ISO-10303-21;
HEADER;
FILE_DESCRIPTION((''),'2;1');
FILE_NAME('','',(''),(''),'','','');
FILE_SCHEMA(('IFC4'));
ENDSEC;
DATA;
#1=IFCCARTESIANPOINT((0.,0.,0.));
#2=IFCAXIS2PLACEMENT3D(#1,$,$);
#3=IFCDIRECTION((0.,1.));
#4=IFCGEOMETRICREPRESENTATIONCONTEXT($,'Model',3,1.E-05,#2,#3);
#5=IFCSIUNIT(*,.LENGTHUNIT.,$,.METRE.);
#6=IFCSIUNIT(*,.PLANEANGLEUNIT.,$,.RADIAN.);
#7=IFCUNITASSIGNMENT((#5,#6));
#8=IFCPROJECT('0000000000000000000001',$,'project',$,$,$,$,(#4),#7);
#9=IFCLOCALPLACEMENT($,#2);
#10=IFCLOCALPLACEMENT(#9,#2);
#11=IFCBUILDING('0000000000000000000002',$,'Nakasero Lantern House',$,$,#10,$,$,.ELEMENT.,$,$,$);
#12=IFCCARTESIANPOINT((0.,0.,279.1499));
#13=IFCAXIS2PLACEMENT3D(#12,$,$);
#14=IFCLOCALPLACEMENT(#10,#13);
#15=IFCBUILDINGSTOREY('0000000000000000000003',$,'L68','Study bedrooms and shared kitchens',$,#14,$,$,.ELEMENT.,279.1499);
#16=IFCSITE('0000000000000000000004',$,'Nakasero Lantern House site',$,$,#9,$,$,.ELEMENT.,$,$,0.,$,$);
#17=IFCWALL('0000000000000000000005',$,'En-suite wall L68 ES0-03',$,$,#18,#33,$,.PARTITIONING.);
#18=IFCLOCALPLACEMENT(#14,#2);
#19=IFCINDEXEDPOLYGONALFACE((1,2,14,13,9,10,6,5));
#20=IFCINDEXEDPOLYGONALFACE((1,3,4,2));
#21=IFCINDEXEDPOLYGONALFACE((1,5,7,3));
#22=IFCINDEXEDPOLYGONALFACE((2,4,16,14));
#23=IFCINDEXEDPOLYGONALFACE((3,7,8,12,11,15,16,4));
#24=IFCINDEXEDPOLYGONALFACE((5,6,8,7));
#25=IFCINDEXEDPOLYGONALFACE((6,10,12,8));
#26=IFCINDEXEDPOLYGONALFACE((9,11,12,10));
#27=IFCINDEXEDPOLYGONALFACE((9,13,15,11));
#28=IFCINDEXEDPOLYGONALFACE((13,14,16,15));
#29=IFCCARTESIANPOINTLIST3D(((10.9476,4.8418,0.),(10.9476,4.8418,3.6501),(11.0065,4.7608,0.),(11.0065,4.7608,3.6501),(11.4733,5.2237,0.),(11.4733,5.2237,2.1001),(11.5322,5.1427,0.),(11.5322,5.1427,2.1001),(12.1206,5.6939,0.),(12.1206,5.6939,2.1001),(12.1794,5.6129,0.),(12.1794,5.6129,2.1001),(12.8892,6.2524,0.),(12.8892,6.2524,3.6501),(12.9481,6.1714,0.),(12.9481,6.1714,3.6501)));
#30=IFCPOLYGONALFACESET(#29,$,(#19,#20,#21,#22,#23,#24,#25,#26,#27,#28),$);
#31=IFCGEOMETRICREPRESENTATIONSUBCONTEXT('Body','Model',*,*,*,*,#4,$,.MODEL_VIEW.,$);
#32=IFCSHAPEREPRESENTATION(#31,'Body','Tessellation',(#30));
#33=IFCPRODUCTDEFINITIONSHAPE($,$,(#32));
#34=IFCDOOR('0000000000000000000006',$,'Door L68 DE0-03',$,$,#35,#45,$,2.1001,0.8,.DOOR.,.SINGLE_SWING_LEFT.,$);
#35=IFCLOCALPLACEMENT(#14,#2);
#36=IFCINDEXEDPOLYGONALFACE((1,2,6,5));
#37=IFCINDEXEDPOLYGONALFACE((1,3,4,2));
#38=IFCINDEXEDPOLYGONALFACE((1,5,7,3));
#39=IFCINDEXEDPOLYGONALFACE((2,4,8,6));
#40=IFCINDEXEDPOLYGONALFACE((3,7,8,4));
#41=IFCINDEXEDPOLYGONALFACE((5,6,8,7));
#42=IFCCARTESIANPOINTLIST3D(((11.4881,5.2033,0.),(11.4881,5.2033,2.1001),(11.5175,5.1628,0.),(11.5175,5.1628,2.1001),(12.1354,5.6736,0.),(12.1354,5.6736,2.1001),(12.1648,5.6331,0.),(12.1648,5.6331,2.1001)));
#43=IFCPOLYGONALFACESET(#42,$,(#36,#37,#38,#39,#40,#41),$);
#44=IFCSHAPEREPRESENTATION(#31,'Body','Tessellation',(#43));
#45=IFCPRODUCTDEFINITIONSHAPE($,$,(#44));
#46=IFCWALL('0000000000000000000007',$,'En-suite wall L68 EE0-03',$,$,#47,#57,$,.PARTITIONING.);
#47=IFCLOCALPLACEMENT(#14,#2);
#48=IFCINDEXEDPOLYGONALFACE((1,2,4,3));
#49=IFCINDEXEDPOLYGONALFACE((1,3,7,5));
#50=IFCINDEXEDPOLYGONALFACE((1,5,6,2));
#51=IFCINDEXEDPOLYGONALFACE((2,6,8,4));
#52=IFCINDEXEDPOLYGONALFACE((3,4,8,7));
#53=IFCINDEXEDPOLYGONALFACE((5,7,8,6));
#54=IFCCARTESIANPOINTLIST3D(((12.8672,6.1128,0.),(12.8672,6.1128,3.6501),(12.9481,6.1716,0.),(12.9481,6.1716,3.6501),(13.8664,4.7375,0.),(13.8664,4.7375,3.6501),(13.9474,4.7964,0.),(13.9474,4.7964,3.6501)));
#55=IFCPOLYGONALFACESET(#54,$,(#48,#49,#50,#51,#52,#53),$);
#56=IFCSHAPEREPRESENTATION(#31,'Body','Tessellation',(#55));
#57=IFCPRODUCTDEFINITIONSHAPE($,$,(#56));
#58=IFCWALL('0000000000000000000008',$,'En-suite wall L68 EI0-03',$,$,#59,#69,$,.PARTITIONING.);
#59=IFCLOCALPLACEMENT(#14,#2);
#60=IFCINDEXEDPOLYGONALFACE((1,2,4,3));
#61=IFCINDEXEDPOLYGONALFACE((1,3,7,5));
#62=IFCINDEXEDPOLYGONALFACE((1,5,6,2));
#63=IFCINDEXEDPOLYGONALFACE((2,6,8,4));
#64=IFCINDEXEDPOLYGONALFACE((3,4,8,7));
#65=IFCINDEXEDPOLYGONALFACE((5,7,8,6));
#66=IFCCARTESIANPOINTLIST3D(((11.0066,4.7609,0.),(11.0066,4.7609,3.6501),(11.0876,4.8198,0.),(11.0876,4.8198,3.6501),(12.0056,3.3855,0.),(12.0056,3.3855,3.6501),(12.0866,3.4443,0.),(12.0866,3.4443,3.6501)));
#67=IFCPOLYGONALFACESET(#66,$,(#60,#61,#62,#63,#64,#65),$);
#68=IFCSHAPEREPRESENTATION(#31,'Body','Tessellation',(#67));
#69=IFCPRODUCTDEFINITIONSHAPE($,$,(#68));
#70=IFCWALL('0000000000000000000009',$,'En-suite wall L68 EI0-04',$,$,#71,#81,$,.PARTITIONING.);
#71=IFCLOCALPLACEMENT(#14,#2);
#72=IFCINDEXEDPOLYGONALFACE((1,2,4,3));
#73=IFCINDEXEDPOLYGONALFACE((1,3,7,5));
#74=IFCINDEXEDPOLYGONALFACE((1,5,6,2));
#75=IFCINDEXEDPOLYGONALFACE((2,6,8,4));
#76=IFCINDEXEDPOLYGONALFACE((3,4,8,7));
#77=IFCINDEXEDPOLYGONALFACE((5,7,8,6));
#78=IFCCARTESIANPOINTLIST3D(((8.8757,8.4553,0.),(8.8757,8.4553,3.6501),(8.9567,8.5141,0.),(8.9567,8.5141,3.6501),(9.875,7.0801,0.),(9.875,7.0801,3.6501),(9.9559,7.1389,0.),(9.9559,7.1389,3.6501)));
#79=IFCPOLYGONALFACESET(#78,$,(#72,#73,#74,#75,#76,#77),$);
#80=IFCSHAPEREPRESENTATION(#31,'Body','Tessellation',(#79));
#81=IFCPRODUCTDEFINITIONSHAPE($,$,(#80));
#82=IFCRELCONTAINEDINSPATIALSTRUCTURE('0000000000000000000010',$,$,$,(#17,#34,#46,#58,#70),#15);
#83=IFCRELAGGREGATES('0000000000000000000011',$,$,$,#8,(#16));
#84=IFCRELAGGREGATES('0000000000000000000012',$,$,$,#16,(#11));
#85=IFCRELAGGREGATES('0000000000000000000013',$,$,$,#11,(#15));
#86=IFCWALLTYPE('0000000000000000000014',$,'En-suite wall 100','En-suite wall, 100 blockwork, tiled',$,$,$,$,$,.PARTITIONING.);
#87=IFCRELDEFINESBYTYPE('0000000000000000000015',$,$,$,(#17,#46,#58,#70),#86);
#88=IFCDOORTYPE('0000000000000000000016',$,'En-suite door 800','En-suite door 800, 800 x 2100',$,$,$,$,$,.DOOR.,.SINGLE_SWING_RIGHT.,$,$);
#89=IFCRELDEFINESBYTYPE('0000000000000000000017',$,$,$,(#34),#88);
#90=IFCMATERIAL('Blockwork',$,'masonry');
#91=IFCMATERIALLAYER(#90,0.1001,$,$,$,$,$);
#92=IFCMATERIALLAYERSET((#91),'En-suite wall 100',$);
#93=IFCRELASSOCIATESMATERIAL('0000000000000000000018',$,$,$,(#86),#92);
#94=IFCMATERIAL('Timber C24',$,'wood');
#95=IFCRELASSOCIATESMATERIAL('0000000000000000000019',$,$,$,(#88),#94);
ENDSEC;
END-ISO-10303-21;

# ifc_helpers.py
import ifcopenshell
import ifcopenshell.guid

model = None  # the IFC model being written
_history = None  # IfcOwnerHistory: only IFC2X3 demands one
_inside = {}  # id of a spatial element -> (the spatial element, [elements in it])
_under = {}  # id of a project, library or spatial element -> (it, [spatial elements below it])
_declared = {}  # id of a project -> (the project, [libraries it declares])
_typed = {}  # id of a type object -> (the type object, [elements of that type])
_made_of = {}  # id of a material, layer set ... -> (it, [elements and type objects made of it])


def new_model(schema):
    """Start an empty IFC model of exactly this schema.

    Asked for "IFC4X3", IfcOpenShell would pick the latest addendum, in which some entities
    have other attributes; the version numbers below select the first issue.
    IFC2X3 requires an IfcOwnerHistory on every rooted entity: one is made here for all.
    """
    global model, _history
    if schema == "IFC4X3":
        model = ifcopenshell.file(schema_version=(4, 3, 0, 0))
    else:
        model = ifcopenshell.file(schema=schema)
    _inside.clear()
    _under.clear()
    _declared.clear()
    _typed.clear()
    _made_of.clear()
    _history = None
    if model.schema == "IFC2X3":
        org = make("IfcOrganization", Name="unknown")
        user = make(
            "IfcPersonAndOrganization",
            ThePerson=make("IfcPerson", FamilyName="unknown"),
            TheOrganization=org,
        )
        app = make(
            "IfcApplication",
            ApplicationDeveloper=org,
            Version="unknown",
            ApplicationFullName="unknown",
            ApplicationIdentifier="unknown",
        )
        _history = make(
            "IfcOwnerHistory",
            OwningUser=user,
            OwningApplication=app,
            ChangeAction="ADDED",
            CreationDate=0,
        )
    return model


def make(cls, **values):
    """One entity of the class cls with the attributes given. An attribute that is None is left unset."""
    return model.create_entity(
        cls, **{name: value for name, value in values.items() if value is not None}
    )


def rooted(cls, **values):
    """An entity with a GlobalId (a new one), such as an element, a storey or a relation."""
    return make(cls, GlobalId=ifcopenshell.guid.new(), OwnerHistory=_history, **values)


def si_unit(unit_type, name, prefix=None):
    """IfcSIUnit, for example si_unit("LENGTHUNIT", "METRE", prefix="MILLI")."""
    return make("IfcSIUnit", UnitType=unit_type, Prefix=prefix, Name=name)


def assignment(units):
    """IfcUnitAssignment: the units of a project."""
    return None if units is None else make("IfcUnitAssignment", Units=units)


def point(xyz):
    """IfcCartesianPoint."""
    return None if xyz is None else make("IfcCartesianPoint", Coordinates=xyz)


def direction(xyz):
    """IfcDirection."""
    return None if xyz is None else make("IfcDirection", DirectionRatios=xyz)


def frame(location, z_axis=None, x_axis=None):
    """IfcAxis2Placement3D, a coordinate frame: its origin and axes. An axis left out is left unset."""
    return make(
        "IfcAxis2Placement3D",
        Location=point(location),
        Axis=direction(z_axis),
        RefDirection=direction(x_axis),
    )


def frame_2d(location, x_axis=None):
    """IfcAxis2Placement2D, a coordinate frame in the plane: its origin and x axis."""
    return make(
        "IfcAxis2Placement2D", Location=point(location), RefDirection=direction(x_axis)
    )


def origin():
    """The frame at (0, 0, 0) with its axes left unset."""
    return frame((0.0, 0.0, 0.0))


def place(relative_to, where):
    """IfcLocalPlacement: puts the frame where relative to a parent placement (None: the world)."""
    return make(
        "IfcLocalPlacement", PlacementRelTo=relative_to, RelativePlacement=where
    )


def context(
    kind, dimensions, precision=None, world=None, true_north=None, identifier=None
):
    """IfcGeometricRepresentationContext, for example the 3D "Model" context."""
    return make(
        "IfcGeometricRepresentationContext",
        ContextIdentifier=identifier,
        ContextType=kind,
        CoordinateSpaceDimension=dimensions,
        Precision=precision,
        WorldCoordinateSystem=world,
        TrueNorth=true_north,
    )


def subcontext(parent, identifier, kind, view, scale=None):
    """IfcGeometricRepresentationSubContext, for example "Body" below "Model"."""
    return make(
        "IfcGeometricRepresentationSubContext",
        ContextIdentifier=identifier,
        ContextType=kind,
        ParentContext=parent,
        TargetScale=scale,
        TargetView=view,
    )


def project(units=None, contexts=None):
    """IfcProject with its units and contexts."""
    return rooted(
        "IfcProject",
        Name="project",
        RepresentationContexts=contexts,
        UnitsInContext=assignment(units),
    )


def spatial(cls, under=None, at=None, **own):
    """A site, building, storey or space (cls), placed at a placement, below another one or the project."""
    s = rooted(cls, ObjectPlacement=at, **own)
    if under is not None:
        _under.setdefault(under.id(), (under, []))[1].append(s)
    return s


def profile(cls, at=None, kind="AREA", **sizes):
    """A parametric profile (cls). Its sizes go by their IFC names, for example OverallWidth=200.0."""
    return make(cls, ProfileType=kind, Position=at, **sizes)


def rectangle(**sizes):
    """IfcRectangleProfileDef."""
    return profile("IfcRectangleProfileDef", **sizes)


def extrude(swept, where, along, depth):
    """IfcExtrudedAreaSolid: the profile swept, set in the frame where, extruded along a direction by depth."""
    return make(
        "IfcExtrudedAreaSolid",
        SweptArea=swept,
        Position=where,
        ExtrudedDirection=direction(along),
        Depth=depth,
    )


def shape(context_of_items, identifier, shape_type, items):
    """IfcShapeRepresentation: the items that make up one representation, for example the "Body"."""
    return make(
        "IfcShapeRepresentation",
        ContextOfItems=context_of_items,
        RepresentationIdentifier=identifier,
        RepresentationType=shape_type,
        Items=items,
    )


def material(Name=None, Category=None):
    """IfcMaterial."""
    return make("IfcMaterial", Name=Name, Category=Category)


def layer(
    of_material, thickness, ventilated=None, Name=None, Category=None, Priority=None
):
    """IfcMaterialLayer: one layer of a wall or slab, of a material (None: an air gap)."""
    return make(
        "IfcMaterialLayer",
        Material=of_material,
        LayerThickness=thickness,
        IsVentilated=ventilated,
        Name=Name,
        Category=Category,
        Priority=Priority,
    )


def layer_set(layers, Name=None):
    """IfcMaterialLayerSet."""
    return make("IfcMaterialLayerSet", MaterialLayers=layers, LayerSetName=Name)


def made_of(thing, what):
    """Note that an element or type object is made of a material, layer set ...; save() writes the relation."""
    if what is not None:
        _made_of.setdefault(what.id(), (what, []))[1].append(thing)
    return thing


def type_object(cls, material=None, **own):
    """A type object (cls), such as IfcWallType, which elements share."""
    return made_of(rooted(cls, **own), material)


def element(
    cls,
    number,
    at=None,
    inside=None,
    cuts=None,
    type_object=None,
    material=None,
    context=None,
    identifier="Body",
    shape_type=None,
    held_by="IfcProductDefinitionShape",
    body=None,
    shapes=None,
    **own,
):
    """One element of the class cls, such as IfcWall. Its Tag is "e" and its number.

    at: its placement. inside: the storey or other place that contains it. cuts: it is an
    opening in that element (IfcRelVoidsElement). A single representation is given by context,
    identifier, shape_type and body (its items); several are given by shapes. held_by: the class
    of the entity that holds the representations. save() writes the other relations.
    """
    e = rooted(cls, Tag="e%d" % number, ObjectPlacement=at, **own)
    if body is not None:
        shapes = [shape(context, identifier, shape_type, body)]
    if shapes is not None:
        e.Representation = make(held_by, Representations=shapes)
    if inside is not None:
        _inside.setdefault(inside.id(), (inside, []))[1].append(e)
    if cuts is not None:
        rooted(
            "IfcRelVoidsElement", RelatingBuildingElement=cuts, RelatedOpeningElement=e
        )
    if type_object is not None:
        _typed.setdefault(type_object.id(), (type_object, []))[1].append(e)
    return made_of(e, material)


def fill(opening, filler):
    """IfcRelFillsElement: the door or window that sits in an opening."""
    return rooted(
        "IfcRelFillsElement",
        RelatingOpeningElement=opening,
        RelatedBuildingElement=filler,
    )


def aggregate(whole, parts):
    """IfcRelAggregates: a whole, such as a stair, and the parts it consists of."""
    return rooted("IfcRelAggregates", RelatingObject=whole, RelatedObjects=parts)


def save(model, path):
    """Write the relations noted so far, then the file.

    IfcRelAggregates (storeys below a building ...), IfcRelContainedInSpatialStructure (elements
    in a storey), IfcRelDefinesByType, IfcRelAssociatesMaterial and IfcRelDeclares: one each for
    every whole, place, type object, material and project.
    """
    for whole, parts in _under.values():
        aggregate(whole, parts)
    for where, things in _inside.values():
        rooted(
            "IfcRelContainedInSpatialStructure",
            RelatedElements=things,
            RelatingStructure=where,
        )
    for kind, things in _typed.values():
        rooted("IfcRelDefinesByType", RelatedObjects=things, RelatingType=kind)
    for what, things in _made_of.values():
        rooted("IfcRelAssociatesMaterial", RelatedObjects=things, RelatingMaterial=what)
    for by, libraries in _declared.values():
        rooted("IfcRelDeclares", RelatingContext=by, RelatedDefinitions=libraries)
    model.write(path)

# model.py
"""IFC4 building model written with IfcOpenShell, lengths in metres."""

from ifc_helpers import new_model, si_unit, direction, frame, frame_2d, origin, place, context, subcontext, project, spatial, rectangle, extrude, material, layer, layer_set, type_object, element, fill, save


model = new_model("IFC4")

# Units and contexts
model_context = context("Model", 3, precision=1e-05, world=origin(), true_north=direction((0.0, 1.0)))
body_context = subcontext(model_context, "Body", "Model", "MODEL_VIEW")
ifc_project = project(units=[si_unit("LENGTHUNIT", "METRE"), si_unit("PLANEANGLEUNIT", "RADIAN")], contexts=[model_context])

# Site, building, storey
site_placement = place(None, origin())
site = spatial("IfcSite", under=ifc_project, at=site_placement, Name="Nakasero Lantern House site", CompositionType="ELEMENT", RefElevation=0.0)
building_placement = place(site_placement, origin())
building = spatial("IfcBuilding", under=site, at=building_placement, Name="Nakasero Lantern House", CompositionType="ELEMENT")
storey_placement = place(building_placement, frame((0.0, 0.0, 279.1499)))
storey = spatial("IfcBuildingStorey", under=building, at=storey_placement, Name="L68", Description="Study bedrooms and shared kitchens", CompositionType="ELEMENT", Elevation=279.1499)

# Wall, opening, door
ifc_material_1 = material(Name="Blockwork", Category="masonry")
ifc_layer_1 = layer(ifc_material_1, 0.1001)
ifc_layer_set_1 = layer_set([ifc_layer_1], Name="En-suite wall 100")
wall_type_1 = type_object("IfcWallType", Name="En-suite wall 100", Description="En-suite wall, 100 blockwork, tiled", PredefinedType="PARTITIONING", material=ifc_layer_set_1)
wall_1_placement = place(storey_placement, frame((10.9771, 4.8013, 0.0), z_axis=(0.0, 0.0, 1.0), x_axis=(0.809026, 0.587772, 0.0)))
wall_1 = element("IfcWall", 1, at=wall_1_placement, inside=storey, type_object=wall_type_1, Name="En-suite wall L68 ES0-03", PredefinedType="PARTITIONING", context=body_context, shape_type="SweptSolid", body=[
    extrude(rectangle(XDim=2.3999, YDim=0.1001, at=frame_2d((1.2, 0.0))), origin(), (0.0, 0.0, 1.0), 3.6501),
])
opening_1_placement = place(wall_1_placement, frame((0.6499, 0.0, 0.0)))
opening_1 = element("IfcOpeningElement", 2, at=opening_1_placement, cuts=wall_1, PredefinedType="OPENING", context=body_context, shape_type="SweptSolid", body=[
    extrude(rectangle(XDim=0.8, YDim=2.1001, at=frame_2d((0.3999, 1.05))), frame((0.0, 0.0701, 0.0), z_axis=(0.0, -1.0, 0.0), x_axis=(1.0, 0.0, 0.0)), (0.0, 0.0, 1.0), 0.1401),
])
ifc_material_2 = material(Name="Timber C24", Category="wood")
door_type_1 = type_object("IfcDoorType", Name="En-suite door 800", Description="En-suite door 800, 800 x 2100", OperationType="SINGLE_SWING_RIGHT", PredefinedType="DOOR", material=ifc_material_2)
door_1_placement = place(opening_1_placement, origin())
door_1 = element("IfcDoor", 3, at=door_1_placement, inside=storey, type_object=door_type_1, Name="Door L68 DE0-03", OperationType="SINGLE_SWING_LEFT", OverallHeight=2.1001, OverallWidth=0.8, PredefinedType="DOOR", context=body_context, shape_type="SweptSolid", body=[
    extrude(rectangle(XDim=0.8, YDim=2.1001, at=frame_2d((0.3999, 1.05))), frame((0.0, 0.0249, 0.0), z_axis=(0.0, -1.0, 0.0), x_axis=(1.0, 0.0, 0.0)), (0.0, 0.0, 1.0), 0.05),
])
fill(opening_1, door_1)

# Walls
for number, where, z_axis, x_axis, name in (
    (4, (13.907, 4.7668, 0.0), (0.0, 0.0, 1.0), (-0.587822, 0.808991, 0.0), "En-suite wall L68 EE0-03"),
    (5, (12.0461, 3.4148, 0.0), (0.0, 0.0, 1.0), (-0.587659, 0.809109, 0.0), "En-suite wall L68 EI0-03"),
    (6, (9.9155, 7.1094, 0.0), (0.0, 0.0, 1.0), (-0.587822, 0.808991, 0.0), "En-suite wall L68 EI0-04"),
):
    element("IfcWall", number, at=place(storey_placement, frame(where, z_axis=z_axis, x_axis=x_axis)), inside=storey, type_object=wall_type_1, Name=name, PredefinedType="PARTITIONING", context=body_context, shape_type="SweptSolid", body=[
        extrude(rectangle(XDim=1.7, YDim=0.1001, at=frame_2d((0.8501, 0.0))), origin(), (0.0, 0.0, 1.0), 3.6501),
    ])

save(model, "model.ifc")
